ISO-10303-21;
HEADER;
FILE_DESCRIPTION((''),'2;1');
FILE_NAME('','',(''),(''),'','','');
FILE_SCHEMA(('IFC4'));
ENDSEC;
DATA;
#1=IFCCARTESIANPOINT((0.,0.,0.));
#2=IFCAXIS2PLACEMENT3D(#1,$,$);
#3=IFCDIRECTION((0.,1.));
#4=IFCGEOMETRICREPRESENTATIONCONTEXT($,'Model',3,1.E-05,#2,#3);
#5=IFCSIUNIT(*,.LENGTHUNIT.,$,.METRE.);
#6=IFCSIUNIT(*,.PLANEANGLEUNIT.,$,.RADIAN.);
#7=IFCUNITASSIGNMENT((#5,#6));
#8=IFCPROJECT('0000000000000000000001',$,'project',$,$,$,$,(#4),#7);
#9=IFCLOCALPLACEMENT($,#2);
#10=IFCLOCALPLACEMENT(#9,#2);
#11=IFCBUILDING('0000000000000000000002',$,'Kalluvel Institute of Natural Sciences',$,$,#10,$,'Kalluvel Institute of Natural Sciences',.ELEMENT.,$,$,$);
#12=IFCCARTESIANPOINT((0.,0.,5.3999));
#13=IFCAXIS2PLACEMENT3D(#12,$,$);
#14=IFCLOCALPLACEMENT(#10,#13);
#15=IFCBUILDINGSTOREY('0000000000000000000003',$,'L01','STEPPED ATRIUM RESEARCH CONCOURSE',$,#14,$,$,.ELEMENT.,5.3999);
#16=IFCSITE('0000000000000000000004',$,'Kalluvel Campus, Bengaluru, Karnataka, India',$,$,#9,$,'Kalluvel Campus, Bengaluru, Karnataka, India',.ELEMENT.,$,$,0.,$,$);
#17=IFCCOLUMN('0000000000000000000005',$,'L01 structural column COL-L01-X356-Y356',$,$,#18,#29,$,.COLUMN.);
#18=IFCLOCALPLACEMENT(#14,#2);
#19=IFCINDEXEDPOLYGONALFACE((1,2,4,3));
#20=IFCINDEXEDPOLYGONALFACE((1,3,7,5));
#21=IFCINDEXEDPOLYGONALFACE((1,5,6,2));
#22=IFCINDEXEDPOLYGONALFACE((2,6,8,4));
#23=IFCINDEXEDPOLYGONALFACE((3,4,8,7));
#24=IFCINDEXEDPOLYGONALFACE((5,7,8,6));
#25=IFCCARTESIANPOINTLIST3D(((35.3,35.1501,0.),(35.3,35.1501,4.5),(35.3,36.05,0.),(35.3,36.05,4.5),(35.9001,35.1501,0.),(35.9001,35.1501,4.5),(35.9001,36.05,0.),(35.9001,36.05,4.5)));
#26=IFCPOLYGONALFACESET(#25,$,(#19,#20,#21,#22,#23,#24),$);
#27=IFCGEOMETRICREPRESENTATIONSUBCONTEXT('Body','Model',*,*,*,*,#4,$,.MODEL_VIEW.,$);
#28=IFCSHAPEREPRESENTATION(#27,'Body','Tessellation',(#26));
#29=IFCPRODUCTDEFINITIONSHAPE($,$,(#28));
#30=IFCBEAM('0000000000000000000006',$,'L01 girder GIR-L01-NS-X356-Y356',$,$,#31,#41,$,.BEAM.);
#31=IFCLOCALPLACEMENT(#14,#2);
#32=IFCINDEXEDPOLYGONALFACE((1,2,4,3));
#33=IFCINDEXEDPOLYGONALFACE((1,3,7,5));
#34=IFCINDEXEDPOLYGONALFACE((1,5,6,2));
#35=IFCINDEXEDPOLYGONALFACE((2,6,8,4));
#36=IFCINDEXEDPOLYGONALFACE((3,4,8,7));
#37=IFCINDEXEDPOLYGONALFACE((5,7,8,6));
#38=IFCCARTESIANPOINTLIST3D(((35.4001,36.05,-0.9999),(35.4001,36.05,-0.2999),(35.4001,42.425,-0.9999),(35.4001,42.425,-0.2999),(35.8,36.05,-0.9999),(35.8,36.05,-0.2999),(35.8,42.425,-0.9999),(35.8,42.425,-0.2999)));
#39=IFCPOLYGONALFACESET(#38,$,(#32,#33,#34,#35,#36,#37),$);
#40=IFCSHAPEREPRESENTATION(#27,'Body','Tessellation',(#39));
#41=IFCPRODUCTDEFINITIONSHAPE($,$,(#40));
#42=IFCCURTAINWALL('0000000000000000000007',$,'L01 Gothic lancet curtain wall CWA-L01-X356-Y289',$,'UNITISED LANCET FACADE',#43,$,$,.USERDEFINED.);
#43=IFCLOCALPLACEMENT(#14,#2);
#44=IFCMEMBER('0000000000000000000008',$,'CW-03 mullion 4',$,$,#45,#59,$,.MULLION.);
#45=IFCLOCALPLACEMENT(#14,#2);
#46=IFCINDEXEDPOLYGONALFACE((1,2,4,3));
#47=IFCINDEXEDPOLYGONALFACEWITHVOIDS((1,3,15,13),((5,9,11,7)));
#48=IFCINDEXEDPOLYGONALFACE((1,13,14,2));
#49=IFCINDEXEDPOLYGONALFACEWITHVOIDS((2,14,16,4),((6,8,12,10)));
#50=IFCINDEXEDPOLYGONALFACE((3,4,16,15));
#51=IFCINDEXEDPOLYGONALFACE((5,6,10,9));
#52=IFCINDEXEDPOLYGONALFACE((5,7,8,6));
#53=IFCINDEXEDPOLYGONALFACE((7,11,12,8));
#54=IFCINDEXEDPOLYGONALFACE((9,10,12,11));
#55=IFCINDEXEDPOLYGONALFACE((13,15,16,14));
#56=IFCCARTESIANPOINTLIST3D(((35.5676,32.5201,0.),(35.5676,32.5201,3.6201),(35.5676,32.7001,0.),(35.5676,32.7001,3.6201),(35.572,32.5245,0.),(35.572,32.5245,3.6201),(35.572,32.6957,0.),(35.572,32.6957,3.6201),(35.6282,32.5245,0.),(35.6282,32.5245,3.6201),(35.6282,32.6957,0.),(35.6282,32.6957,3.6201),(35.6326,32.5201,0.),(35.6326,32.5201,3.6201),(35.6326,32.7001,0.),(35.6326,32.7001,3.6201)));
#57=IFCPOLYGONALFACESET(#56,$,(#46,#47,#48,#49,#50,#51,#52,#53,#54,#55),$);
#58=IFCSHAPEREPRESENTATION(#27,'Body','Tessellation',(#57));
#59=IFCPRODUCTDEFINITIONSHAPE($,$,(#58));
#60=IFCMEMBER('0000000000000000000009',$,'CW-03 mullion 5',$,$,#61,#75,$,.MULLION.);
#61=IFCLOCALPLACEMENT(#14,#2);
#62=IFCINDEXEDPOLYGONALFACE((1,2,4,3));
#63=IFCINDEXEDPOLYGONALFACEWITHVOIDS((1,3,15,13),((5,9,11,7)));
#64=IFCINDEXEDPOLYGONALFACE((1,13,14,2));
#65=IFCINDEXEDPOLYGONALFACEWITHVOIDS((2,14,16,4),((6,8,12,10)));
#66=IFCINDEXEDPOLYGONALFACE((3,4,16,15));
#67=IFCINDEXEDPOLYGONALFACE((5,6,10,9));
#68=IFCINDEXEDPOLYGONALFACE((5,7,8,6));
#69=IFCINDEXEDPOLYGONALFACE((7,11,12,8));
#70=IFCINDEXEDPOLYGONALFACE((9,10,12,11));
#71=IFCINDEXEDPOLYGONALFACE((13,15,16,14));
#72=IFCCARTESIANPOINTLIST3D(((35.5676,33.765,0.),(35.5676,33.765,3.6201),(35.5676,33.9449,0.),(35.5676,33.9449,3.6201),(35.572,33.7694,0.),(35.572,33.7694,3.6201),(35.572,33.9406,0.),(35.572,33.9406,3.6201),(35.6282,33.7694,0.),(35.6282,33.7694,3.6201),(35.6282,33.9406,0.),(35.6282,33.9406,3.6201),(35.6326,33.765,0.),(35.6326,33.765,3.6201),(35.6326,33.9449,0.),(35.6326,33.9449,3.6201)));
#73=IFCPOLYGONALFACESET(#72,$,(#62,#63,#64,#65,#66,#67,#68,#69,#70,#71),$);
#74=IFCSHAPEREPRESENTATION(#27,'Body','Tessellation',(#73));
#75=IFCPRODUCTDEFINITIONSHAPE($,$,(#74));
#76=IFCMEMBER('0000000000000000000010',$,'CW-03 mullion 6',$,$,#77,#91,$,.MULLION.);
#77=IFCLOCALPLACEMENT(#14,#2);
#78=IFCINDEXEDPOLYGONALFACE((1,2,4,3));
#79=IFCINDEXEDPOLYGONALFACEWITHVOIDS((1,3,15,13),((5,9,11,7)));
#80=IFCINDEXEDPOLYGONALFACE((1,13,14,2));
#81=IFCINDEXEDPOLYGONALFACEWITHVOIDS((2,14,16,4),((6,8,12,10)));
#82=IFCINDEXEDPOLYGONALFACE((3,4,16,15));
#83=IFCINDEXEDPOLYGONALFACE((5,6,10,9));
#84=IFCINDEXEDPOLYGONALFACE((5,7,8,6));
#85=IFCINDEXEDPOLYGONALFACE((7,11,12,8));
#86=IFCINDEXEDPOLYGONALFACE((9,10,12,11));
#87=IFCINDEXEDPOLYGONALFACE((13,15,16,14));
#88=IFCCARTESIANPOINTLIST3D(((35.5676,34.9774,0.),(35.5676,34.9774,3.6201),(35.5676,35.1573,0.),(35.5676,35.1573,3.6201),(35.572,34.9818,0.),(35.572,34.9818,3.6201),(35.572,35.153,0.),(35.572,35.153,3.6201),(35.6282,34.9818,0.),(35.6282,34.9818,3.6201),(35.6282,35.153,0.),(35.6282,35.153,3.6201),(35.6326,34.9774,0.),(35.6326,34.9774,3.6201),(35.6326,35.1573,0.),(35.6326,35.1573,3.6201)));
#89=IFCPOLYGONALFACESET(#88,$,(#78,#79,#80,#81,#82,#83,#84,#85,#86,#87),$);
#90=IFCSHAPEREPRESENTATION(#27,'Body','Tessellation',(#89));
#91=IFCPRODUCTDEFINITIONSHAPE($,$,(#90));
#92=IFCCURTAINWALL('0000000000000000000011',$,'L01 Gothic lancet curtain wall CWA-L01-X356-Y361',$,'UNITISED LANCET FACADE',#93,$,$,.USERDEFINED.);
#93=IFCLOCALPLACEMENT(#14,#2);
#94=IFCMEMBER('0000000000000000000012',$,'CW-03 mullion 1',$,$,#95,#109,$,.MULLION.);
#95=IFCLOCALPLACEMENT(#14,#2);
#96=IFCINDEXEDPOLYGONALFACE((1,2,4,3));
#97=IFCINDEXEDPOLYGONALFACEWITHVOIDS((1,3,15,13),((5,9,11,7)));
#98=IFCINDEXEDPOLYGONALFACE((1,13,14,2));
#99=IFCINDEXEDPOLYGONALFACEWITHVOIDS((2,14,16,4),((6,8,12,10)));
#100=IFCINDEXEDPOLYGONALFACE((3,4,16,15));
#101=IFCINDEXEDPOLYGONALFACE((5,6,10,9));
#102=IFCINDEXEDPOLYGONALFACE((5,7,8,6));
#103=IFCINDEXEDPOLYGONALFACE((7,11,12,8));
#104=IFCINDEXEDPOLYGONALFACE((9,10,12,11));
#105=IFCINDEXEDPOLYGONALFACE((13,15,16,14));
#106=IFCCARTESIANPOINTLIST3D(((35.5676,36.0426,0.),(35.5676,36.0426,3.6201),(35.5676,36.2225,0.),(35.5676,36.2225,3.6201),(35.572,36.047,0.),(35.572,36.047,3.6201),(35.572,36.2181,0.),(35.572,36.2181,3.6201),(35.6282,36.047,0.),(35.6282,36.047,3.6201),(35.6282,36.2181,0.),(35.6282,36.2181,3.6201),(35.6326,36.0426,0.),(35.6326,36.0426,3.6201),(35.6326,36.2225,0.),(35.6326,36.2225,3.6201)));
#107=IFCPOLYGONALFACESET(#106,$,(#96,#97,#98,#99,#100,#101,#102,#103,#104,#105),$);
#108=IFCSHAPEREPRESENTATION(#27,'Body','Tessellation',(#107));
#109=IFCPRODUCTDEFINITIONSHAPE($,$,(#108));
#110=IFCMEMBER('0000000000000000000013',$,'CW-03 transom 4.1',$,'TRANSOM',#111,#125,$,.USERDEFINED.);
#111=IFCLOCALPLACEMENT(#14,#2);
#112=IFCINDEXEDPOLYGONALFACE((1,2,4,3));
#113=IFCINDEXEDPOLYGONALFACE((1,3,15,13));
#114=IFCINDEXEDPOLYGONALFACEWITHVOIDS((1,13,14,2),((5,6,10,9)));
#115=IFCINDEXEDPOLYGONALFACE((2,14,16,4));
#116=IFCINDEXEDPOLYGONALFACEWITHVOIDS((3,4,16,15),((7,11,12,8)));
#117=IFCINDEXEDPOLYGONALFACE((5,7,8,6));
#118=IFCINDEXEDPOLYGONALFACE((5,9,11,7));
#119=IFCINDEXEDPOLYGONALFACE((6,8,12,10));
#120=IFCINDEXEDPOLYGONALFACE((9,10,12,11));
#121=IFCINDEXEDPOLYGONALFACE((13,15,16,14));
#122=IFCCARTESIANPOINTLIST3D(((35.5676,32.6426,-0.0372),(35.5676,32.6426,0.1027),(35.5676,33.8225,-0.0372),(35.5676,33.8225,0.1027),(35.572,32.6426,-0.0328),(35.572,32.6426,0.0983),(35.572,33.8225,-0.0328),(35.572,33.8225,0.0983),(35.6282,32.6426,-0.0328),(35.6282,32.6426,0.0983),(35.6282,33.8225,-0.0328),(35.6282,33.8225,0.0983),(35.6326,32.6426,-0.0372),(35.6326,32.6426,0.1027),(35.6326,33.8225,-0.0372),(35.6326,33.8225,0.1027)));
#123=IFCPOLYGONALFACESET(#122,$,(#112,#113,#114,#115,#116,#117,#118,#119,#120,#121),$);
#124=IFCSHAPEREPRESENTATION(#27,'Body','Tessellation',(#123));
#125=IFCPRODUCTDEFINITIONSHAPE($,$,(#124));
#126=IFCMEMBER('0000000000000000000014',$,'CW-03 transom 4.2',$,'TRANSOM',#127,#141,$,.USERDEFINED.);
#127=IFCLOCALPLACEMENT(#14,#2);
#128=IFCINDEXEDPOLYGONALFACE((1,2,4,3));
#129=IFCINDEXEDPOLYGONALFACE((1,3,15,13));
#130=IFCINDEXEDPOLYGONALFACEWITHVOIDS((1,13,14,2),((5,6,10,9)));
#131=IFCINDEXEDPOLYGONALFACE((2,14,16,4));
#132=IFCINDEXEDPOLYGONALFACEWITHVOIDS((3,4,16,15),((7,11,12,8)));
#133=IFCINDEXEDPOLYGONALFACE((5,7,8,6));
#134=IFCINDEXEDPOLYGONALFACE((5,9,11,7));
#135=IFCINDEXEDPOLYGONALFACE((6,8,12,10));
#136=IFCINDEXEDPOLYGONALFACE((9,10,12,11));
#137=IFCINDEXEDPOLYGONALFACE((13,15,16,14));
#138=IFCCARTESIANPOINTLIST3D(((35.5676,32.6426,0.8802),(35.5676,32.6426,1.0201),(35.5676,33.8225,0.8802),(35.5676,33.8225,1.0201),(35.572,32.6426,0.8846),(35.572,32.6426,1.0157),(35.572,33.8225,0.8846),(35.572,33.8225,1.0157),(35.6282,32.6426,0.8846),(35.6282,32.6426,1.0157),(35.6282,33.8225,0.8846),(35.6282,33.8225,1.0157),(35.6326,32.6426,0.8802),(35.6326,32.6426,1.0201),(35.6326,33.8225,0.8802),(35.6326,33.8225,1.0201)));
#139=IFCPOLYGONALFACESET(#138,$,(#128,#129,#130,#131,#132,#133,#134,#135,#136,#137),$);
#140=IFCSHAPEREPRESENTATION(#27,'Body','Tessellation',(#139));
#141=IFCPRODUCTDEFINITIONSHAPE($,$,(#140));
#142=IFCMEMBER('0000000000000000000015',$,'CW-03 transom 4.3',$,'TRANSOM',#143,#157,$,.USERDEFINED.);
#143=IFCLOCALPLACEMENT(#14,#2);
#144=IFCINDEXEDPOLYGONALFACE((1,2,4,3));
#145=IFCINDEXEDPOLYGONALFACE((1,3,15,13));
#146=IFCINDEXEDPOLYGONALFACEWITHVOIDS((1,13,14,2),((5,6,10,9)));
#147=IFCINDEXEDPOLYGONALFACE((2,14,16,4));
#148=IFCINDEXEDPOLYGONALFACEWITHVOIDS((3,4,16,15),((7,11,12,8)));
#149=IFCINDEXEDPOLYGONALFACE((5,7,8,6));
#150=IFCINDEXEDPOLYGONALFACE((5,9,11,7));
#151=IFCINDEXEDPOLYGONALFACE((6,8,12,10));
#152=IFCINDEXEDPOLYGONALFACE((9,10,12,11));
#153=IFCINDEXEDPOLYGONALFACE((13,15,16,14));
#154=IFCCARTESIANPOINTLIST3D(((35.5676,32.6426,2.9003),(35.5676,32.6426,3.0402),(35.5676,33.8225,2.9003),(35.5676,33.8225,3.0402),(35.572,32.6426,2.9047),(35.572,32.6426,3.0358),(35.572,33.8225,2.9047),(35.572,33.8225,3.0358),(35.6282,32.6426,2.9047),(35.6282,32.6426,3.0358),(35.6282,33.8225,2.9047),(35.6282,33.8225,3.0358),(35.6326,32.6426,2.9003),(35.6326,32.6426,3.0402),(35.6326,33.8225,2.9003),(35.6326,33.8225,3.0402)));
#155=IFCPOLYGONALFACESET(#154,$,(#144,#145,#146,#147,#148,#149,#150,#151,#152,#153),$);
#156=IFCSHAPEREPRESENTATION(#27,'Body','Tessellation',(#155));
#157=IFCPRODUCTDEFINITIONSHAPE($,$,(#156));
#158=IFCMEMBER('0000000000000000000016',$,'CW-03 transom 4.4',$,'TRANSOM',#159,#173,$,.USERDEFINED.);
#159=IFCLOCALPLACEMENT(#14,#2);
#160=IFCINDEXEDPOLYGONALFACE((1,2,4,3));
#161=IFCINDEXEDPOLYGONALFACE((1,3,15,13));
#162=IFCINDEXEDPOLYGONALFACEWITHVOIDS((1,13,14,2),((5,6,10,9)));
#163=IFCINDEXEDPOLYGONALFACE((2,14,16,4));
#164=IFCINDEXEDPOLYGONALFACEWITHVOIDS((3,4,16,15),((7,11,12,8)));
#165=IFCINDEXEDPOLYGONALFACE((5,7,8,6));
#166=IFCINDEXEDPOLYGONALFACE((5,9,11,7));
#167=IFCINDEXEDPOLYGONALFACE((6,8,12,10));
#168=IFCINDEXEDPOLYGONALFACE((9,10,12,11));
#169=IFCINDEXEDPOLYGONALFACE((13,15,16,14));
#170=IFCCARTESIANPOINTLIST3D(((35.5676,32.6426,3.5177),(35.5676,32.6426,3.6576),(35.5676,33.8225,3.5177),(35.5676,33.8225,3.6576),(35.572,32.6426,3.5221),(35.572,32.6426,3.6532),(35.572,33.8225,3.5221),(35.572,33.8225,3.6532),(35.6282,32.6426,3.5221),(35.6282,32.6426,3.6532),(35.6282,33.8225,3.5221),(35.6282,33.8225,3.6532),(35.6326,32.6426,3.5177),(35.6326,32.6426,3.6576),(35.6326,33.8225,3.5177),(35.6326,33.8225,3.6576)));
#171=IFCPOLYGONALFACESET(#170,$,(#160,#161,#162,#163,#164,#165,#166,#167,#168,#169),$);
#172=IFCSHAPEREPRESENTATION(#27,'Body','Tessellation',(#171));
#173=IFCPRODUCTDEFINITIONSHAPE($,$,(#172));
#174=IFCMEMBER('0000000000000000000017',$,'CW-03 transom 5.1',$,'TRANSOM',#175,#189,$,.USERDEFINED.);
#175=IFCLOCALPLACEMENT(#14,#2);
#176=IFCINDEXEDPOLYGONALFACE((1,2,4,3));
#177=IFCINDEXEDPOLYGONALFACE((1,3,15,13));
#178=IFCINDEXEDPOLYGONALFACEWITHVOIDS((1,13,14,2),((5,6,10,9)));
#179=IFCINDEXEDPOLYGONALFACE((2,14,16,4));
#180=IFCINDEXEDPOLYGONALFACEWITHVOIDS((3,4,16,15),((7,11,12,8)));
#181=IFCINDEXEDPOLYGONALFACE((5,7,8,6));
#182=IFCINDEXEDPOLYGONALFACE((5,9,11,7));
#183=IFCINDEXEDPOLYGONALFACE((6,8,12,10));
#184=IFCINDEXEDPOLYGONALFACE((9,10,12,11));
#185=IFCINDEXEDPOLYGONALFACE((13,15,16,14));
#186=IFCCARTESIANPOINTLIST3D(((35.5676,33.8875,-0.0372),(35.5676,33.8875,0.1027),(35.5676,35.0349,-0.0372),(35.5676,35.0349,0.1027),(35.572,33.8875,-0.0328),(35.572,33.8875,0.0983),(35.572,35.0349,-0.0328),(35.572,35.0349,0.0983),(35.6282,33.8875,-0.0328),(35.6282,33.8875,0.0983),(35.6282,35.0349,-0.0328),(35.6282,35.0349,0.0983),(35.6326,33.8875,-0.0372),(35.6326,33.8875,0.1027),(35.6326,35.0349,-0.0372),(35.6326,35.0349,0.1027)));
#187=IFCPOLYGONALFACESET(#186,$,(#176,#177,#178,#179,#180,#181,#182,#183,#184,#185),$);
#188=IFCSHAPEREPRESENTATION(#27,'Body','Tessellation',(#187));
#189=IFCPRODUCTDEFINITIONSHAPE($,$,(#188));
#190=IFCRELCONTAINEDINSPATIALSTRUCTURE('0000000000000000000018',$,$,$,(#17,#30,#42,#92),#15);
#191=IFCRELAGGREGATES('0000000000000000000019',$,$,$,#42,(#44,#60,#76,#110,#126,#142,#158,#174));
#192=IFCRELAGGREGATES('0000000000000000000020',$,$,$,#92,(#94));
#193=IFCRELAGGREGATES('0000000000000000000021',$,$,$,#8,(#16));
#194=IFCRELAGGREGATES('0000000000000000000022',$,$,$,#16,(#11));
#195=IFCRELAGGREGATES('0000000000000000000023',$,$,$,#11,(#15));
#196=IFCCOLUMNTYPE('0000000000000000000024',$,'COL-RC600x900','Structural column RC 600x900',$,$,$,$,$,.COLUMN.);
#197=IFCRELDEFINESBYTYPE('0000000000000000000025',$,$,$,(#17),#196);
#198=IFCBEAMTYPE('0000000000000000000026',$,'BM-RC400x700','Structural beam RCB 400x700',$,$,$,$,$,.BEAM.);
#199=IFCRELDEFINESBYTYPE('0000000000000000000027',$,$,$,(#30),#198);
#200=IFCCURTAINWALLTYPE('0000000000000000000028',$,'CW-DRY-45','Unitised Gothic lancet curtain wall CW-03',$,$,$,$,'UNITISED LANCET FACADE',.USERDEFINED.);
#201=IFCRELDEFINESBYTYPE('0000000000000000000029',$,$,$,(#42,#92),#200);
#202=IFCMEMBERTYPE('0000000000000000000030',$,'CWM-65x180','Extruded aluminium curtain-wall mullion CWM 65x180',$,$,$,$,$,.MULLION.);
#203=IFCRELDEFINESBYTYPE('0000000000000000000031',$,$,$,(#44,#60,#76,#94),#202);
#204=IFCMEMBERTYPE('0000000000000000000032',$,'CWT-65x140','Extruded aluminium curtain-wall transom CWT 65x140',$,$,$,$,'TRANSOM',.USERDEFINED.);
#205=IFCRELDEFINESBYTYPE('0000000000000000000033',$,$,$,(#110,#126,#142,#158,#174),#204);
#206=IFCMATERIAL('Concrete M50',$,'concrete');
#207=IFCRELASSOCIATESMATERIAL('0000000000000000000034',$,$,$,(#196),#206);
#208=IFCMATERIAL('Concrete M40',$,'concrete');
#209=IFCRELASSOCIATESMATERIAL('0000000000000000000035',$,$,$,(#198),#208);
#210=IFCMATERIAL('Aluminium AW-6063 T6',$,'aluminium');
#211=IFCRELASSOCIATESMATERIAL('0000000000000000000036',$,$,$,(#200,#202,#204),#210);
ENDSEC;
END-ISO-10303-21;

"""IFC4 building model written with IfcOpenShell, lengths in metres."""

from ifc_helpers import new_model, si_unit, direction, frame, origin, origin_2d, place, context, subcontext, project, spatial, rectangle, hollow_rectangle, extrude, material, material_profile, profile_set, type_object, element, aggregate, save


model = new_model("IFC4")

# Units and contexts
model_context = context("Model", 3, precision=1e-05, world=origin(), true_north=direction((0.0, 1.0)))
body_context = subcontext(model_context, "Body", "Model", "MODEL_VIEW")
ifc_project = project(units=[si_unit("LENGTHUNIT", "METRE"), si_unit("PLANEANGLEUNIT", "RADIAN")], contexts=[model_context])

# Site, building, storey
site_placement = place(None, origin())
site = spatial("IfcSite", under=ifc_project, at=site_placement, Name="Kalluvel Campus, Bengaluru, Karnataka, India", LongName="Kalluvel Campus, Bengaluru, Karnataka, India", CompositionType="ELEMENT", RefElevation=0.0)
building_placement = place(site_placement, origin())
building = spatial("IfcBuilding", under=site, at=building_placement, Name="Kalluvel Institute of Natural Sciences", LongName="Kalluvel Institute of Natural Sciences", CompositionType="ELEMENT")
storey_placement = place(building_placement, frame((0.0, 0.0, 5.3999)))
storey = spatial("IfcBuildingStorey", under=building, at=storey_placement, Name="L01", Description="STEPPED ATRIUM RESEARCH CONCOURSE", CompositionType="ELEMENT", Elevation=5.3999)

# Column
ifc_material_1 = material(Name="Concrete M50", Category="concrete")
ifc_material_profile_1 = material_profile(ifc_material_1, rectangle(XDim=0.6001, YDim=0.8999, at=origin_2d()), Name="RC 600x900")
ifc_profile_set_1 = profile_set([ifc_material_profile_1], Name="Concrete M50")
column_type = type_object("IfcColumnType", Name="COL-RC600x900", Description="Structural column RC 600x900", PredefinedType="COLUMN", material=ifc_profile_set_1)
column_placement = place(storey_placement, frame((35.6001, 35.6001, 0.0), z_axis=(0.0, 0.0, 1.0), x_axis=(1.0, 0.0, 0.0)))
element("IfcColumn", 1, at=column_placement, inside=storey, type_object=column_type, Name="L01 structural column COL-L01-X356-Y356", PredefinedType="COLUMN", context=body_context, shape_type="SweptSolid", body=[
    extrude(rectangle(XDim=0.6001, YDim=0.8999, at=origin_2d()), origin(), (0.0, 0.0, 1.0), 4.5),
])

# Beam
ifc_material_2 = material(Name="Concrete M40", Category="concrete")
ifc_material_profile_2 = material_profile(ifc_material_2, rectangle(XDim=0.3999, YDim=0.7, at=origin_2d()), Name="RCB 400x700")
ifc_profile_set_2 = profile_set([ifc_material_profile_2], Name="Concrete M40")
beam_type_1 = type_object("IfcBeamType", Name="BM-RC400x700", Description="Structural beam RCB 400x700", PredefinedType="BEAM", material=ifc_profile_set_2)
beam_1_placement = place(storey_placement, frame((35.6001, 36.05, -0.6499), z_axis=(0.0, 1.0, 0.0), x_axis=(-1.0, 0.0, 0.0)))
element("IfcBeam", 2, at=beam_1_placement, inside=storey, type_object=beam_type_1, Name="L01 girder GIR-L01-NS-X356-Y356", PredefinedType="BEAM", context=body_context, shape_type="SweptSolid", body=[
    extrude(rectangle(XDim=0.3999, YDim=0.7, at=origin_2d()), origin(), (0.0, 0.0, 1.0), 6.375),
])

# Curtain wall, members
ifc_material_3 = material(Name="Aluminium AW-6063 T6", Category="aluminium")
curtain_wall_type = type_object("IfcCurtainWallType", Name="CW-DRY-45", Description="Unitised Gothic lancet curtain wall CW-03", ElementType="UNITISED LANCET FACADE", PredefinedType="USERDEFINED", material=ifc_material_3)
curtain_wall_1_placement = place(storey_placement, origin())
curtain_wall_1 = element("IfcCurtainWall", 3, at=curtain_wall_1_placement, inside=storey, type_object=curtain_wall_type, Name="L01 Gothic lancet curtain wall CWA-L01-X356-Y289", ObjectType="UNITISED LANCET FACADE", PredefinedType="USERDEFINED")
ifc_material_profile_3 = material_profile(ifc_material_3, hollow_rectangle(XDim=0.0649, YDim=0.1799, WallThickness=0.0044, at=origin_2d()), Name="CWM 65x180")
ifc_profile_set_3 = profile_set([ifc_material_profile_3], Name="Aluminium AW-6063 T6")
member_type_1 = type_object("IfcMemberType", Name="CWM-65x180", Description="Extruded aluminium curtain-wall mullion CWM 65x180", PredefinedType="MULLION", material=ifc_profile_set_3)
member_1_placement = place(storey_placement, frame((35.6001, 32.6101, 0.0), z_axis=(0.0, 0.0, 1.0), x_axis=(-1.0, 0.0, 0.0)))
member_1 = element("IfcMember", 4, at=member_1_placement, type_object=member_type_1, Name="CW-03 mullion 4", PredefinedType="MULLION", context=body_context, shape_type="SweptSolid", body=[
    extrude(hollow_rectangle(XDim=0.0649, YDim=0.1799, WallThickness=0.0044, at=origin_2d()), origin(), (0.0, 0.0, 1.0), 3.6201),
])
member_2_placement = place(storey_placement, frame((35.6001, 33.855, 0.0), z_axis=(0.0, 0.0, 1.0), x_axis=(-1.0, 0.0, 0.0)))
member_2 = element("IfcMember", 5, at=member_2_placement, type_object=member_type_1, Name="CW-03 mullion 5", PredefinedType="MULLION", context=body_context, shape_type="SweptSolid", body=[
    extrude(hollow_rectangle(XDim=0.0649, YDim=0.1799, WallThickness=0.0044, at=origin_2d()), origin(), (0.0, 0.0, 1.0), 3.6201),
])
member_3_placement = place(storey_placement, frame((35.6001, 35.0674, 0.0), z_axis=(0.0, 0.0, 1.0), x_axis=(-1.0, 0.0, 0.0)))
member_3 = element("IfcMember", 6, at=member_3_placement, type_object=member_type_1, Name="CW-03 mullion 6", PredefinedType="MULLION", context=body_context, shape_type="SweptSolid", body=[
    extrude(hollow_rectangle(XDim=0.0649, YDim=0.1799, WallThickness=0.0044, at=origin_2d()), origin(), (0.0, 0.0, 1.0), 3.6201),
])

# Curtain wall, member
curtain_wall_2_placement = place(storey_placement, origin())
curtain_wall_2 = element("IfcCurtainWall", 7, at=curtain_wall_2_placement, inside=storey, type_object=curtain_wall_type, Name="L01 Gothic lancet curtain wall CWA-L01-X356-Y361", ObjectType="UNITISED LANCET FACADE", PredefinedType="USERDEFINED")
member_4_placement = place(storey_placement, frame((35.6001, 36.1326, 0.0), z_axis=(0.0, 0.0, 1.0), x_axis=(-1.0, 0.0, 0.0)))
member_4 = element("IfcMember", 8, at=member_4_placement, type_object=member_type_1, Name="CW-03 mullion 1", PredefinedType="MULLION", context=body_context, shape_type="SweptSolid", body=[
    extrude(hollow_rectangle(XDim=0.0649, YDim=0.1799, WallThickness=0.0044, at=origin_2d()), origin(), (0.0, 0.0, 1.0), 3.6201),
])

# Members
ifc_material_profile_4 = material_profile(ifc_material_3, hollow_rectangle(XDim=0.0649, YDim=0.1399, WallThickness=0.0044, at=origin_2d()), Name="CWT 65x140")
ifc_profile_set_4 = profile_set([ifc_material_profile_4], Name="Aluminium AW-6063 T6")
member_type_2 = type_object("IfcMemberType", Name="CWT-65x140", Description="Extruded aluminium curtain-wall transom CWT 65x140", ElementType="TRANSOM", PredefinedType="USERDEFINED", material=ifc_profile_set_4)
member_5_placement = place(storey_placement, frame((35.6001, 32.6426, 0.0327), z_axis=(0.0, 1.0, 0.0), x_axis=(-1.0, 0.0, 0.0)))
member_5 = element("IfcMember", 9, at=member_5_placement, type_object=member_type_2, Name="CW-03 transom 4.1", ObjectType="TRANSOM", PredefinedType="USERDEFINED", context=body_context, shape_type="SweptSolid", body=[
    extrude(hollow_rectangle(XDim=0.0649, YDim=0.1399, WallThickness=0.0044, at=origin_2d()), origin(), (0.0, 0.0, 1.0), 1.1799),
])
member_6_placement = place(storey_placement, frame((35.6001, 32.6426, 0.9502), z_axis=(0.0, 1.0, 0.0), x_axis=(-1.0, 0.0, 0.0)))
member_6 = element("IfcMember", 10, at=member_6_placement, type_object=member_type_2, Name="CW-03 transom 4.2", ObjectType="TRANSOM", PredefinedType="USERDEFINED", context=body_context, shape_type="SweptSolid", body=[
    extrude(hollow_rectangle(XDim=0.0649, YDim=0.1399, WallThickness=0.0044, at=origin_2d()), origin(), (0.0, 0.0, 1.0), 1.1799),
])
member_7_placement = place(storey_placement, frame((35.6001, 32.6426, 2.9702), z_axis=(0.0, 1.0, 0.0), x_axis=(-1.0, 0.0, 0.0)))
member_7 = element("IfcMember", 11, at=member_7_placement, type_object=member_type_2, Name="CW-03 transom 4.3", ObjectType="TRANSOM", PredefinedType="USERDEFINED", context=body_context, shape_type="SweptSolid", body=[
    extrude(hollow_rectangle(XDim=0.0649, YDim=0.1399, WallThickness=0.0044, at=origin_2d()), origin(), (0.0, 0.0, 1.0), 1.1799),
])
member_8_placement = place(storey_placement, frame((35.6001, 32.6426, 3.5876), z_axis=(0.0, 1.0, 0.0), x_axis=(-1.0, 0.0, 0.0)))
member_8 = element("IfcMember", 12, at=member_8_placement, type_object=member_type_2, Name="CW-03 transom 4.4", ObjectType="TRANSOM", PredefinedType="USERDEFINED", context=body_context, shape_type="SweptSolid", body=[
    extrude(hollow_rectangle(XDim=0.0649, YDim=0.1399, WallThickness=0.0044, at=origin_2d()), origin(), (0.0, 0.0, 1.0), 1.1799),
])
member_9_placement = place(storey_placement, frame((35.6001, 33.8875, 0.0327), z_axis=(0.0, 1.0, 0.0), x_axis=(-1.0, 0.0, 0.0)))
member_9 = element("IfcMember", 13, at=member_9_placement, type_object=member_type_2, Name="CW-03 transom 5.1", ObjectType="TRANSOM", PredefinedType="USERDEFINED", context=body_context, shape_type="SweptSolid", body=[
    extrude(hollow_rectangle(XDim=0.0649, YDim=0.1399, WallThickness=0.0044, at=origin_2d()), origin(), (0.0, 0.0, 1.0), 1.1475),
])

aggregate(curtain_wall_1, [member_1, member_2, member_3, member_5, member_6, member_7, member_8, member_9])
aggregate(curtain_wall_2, [member_4])

save(model, "model.ifc")
